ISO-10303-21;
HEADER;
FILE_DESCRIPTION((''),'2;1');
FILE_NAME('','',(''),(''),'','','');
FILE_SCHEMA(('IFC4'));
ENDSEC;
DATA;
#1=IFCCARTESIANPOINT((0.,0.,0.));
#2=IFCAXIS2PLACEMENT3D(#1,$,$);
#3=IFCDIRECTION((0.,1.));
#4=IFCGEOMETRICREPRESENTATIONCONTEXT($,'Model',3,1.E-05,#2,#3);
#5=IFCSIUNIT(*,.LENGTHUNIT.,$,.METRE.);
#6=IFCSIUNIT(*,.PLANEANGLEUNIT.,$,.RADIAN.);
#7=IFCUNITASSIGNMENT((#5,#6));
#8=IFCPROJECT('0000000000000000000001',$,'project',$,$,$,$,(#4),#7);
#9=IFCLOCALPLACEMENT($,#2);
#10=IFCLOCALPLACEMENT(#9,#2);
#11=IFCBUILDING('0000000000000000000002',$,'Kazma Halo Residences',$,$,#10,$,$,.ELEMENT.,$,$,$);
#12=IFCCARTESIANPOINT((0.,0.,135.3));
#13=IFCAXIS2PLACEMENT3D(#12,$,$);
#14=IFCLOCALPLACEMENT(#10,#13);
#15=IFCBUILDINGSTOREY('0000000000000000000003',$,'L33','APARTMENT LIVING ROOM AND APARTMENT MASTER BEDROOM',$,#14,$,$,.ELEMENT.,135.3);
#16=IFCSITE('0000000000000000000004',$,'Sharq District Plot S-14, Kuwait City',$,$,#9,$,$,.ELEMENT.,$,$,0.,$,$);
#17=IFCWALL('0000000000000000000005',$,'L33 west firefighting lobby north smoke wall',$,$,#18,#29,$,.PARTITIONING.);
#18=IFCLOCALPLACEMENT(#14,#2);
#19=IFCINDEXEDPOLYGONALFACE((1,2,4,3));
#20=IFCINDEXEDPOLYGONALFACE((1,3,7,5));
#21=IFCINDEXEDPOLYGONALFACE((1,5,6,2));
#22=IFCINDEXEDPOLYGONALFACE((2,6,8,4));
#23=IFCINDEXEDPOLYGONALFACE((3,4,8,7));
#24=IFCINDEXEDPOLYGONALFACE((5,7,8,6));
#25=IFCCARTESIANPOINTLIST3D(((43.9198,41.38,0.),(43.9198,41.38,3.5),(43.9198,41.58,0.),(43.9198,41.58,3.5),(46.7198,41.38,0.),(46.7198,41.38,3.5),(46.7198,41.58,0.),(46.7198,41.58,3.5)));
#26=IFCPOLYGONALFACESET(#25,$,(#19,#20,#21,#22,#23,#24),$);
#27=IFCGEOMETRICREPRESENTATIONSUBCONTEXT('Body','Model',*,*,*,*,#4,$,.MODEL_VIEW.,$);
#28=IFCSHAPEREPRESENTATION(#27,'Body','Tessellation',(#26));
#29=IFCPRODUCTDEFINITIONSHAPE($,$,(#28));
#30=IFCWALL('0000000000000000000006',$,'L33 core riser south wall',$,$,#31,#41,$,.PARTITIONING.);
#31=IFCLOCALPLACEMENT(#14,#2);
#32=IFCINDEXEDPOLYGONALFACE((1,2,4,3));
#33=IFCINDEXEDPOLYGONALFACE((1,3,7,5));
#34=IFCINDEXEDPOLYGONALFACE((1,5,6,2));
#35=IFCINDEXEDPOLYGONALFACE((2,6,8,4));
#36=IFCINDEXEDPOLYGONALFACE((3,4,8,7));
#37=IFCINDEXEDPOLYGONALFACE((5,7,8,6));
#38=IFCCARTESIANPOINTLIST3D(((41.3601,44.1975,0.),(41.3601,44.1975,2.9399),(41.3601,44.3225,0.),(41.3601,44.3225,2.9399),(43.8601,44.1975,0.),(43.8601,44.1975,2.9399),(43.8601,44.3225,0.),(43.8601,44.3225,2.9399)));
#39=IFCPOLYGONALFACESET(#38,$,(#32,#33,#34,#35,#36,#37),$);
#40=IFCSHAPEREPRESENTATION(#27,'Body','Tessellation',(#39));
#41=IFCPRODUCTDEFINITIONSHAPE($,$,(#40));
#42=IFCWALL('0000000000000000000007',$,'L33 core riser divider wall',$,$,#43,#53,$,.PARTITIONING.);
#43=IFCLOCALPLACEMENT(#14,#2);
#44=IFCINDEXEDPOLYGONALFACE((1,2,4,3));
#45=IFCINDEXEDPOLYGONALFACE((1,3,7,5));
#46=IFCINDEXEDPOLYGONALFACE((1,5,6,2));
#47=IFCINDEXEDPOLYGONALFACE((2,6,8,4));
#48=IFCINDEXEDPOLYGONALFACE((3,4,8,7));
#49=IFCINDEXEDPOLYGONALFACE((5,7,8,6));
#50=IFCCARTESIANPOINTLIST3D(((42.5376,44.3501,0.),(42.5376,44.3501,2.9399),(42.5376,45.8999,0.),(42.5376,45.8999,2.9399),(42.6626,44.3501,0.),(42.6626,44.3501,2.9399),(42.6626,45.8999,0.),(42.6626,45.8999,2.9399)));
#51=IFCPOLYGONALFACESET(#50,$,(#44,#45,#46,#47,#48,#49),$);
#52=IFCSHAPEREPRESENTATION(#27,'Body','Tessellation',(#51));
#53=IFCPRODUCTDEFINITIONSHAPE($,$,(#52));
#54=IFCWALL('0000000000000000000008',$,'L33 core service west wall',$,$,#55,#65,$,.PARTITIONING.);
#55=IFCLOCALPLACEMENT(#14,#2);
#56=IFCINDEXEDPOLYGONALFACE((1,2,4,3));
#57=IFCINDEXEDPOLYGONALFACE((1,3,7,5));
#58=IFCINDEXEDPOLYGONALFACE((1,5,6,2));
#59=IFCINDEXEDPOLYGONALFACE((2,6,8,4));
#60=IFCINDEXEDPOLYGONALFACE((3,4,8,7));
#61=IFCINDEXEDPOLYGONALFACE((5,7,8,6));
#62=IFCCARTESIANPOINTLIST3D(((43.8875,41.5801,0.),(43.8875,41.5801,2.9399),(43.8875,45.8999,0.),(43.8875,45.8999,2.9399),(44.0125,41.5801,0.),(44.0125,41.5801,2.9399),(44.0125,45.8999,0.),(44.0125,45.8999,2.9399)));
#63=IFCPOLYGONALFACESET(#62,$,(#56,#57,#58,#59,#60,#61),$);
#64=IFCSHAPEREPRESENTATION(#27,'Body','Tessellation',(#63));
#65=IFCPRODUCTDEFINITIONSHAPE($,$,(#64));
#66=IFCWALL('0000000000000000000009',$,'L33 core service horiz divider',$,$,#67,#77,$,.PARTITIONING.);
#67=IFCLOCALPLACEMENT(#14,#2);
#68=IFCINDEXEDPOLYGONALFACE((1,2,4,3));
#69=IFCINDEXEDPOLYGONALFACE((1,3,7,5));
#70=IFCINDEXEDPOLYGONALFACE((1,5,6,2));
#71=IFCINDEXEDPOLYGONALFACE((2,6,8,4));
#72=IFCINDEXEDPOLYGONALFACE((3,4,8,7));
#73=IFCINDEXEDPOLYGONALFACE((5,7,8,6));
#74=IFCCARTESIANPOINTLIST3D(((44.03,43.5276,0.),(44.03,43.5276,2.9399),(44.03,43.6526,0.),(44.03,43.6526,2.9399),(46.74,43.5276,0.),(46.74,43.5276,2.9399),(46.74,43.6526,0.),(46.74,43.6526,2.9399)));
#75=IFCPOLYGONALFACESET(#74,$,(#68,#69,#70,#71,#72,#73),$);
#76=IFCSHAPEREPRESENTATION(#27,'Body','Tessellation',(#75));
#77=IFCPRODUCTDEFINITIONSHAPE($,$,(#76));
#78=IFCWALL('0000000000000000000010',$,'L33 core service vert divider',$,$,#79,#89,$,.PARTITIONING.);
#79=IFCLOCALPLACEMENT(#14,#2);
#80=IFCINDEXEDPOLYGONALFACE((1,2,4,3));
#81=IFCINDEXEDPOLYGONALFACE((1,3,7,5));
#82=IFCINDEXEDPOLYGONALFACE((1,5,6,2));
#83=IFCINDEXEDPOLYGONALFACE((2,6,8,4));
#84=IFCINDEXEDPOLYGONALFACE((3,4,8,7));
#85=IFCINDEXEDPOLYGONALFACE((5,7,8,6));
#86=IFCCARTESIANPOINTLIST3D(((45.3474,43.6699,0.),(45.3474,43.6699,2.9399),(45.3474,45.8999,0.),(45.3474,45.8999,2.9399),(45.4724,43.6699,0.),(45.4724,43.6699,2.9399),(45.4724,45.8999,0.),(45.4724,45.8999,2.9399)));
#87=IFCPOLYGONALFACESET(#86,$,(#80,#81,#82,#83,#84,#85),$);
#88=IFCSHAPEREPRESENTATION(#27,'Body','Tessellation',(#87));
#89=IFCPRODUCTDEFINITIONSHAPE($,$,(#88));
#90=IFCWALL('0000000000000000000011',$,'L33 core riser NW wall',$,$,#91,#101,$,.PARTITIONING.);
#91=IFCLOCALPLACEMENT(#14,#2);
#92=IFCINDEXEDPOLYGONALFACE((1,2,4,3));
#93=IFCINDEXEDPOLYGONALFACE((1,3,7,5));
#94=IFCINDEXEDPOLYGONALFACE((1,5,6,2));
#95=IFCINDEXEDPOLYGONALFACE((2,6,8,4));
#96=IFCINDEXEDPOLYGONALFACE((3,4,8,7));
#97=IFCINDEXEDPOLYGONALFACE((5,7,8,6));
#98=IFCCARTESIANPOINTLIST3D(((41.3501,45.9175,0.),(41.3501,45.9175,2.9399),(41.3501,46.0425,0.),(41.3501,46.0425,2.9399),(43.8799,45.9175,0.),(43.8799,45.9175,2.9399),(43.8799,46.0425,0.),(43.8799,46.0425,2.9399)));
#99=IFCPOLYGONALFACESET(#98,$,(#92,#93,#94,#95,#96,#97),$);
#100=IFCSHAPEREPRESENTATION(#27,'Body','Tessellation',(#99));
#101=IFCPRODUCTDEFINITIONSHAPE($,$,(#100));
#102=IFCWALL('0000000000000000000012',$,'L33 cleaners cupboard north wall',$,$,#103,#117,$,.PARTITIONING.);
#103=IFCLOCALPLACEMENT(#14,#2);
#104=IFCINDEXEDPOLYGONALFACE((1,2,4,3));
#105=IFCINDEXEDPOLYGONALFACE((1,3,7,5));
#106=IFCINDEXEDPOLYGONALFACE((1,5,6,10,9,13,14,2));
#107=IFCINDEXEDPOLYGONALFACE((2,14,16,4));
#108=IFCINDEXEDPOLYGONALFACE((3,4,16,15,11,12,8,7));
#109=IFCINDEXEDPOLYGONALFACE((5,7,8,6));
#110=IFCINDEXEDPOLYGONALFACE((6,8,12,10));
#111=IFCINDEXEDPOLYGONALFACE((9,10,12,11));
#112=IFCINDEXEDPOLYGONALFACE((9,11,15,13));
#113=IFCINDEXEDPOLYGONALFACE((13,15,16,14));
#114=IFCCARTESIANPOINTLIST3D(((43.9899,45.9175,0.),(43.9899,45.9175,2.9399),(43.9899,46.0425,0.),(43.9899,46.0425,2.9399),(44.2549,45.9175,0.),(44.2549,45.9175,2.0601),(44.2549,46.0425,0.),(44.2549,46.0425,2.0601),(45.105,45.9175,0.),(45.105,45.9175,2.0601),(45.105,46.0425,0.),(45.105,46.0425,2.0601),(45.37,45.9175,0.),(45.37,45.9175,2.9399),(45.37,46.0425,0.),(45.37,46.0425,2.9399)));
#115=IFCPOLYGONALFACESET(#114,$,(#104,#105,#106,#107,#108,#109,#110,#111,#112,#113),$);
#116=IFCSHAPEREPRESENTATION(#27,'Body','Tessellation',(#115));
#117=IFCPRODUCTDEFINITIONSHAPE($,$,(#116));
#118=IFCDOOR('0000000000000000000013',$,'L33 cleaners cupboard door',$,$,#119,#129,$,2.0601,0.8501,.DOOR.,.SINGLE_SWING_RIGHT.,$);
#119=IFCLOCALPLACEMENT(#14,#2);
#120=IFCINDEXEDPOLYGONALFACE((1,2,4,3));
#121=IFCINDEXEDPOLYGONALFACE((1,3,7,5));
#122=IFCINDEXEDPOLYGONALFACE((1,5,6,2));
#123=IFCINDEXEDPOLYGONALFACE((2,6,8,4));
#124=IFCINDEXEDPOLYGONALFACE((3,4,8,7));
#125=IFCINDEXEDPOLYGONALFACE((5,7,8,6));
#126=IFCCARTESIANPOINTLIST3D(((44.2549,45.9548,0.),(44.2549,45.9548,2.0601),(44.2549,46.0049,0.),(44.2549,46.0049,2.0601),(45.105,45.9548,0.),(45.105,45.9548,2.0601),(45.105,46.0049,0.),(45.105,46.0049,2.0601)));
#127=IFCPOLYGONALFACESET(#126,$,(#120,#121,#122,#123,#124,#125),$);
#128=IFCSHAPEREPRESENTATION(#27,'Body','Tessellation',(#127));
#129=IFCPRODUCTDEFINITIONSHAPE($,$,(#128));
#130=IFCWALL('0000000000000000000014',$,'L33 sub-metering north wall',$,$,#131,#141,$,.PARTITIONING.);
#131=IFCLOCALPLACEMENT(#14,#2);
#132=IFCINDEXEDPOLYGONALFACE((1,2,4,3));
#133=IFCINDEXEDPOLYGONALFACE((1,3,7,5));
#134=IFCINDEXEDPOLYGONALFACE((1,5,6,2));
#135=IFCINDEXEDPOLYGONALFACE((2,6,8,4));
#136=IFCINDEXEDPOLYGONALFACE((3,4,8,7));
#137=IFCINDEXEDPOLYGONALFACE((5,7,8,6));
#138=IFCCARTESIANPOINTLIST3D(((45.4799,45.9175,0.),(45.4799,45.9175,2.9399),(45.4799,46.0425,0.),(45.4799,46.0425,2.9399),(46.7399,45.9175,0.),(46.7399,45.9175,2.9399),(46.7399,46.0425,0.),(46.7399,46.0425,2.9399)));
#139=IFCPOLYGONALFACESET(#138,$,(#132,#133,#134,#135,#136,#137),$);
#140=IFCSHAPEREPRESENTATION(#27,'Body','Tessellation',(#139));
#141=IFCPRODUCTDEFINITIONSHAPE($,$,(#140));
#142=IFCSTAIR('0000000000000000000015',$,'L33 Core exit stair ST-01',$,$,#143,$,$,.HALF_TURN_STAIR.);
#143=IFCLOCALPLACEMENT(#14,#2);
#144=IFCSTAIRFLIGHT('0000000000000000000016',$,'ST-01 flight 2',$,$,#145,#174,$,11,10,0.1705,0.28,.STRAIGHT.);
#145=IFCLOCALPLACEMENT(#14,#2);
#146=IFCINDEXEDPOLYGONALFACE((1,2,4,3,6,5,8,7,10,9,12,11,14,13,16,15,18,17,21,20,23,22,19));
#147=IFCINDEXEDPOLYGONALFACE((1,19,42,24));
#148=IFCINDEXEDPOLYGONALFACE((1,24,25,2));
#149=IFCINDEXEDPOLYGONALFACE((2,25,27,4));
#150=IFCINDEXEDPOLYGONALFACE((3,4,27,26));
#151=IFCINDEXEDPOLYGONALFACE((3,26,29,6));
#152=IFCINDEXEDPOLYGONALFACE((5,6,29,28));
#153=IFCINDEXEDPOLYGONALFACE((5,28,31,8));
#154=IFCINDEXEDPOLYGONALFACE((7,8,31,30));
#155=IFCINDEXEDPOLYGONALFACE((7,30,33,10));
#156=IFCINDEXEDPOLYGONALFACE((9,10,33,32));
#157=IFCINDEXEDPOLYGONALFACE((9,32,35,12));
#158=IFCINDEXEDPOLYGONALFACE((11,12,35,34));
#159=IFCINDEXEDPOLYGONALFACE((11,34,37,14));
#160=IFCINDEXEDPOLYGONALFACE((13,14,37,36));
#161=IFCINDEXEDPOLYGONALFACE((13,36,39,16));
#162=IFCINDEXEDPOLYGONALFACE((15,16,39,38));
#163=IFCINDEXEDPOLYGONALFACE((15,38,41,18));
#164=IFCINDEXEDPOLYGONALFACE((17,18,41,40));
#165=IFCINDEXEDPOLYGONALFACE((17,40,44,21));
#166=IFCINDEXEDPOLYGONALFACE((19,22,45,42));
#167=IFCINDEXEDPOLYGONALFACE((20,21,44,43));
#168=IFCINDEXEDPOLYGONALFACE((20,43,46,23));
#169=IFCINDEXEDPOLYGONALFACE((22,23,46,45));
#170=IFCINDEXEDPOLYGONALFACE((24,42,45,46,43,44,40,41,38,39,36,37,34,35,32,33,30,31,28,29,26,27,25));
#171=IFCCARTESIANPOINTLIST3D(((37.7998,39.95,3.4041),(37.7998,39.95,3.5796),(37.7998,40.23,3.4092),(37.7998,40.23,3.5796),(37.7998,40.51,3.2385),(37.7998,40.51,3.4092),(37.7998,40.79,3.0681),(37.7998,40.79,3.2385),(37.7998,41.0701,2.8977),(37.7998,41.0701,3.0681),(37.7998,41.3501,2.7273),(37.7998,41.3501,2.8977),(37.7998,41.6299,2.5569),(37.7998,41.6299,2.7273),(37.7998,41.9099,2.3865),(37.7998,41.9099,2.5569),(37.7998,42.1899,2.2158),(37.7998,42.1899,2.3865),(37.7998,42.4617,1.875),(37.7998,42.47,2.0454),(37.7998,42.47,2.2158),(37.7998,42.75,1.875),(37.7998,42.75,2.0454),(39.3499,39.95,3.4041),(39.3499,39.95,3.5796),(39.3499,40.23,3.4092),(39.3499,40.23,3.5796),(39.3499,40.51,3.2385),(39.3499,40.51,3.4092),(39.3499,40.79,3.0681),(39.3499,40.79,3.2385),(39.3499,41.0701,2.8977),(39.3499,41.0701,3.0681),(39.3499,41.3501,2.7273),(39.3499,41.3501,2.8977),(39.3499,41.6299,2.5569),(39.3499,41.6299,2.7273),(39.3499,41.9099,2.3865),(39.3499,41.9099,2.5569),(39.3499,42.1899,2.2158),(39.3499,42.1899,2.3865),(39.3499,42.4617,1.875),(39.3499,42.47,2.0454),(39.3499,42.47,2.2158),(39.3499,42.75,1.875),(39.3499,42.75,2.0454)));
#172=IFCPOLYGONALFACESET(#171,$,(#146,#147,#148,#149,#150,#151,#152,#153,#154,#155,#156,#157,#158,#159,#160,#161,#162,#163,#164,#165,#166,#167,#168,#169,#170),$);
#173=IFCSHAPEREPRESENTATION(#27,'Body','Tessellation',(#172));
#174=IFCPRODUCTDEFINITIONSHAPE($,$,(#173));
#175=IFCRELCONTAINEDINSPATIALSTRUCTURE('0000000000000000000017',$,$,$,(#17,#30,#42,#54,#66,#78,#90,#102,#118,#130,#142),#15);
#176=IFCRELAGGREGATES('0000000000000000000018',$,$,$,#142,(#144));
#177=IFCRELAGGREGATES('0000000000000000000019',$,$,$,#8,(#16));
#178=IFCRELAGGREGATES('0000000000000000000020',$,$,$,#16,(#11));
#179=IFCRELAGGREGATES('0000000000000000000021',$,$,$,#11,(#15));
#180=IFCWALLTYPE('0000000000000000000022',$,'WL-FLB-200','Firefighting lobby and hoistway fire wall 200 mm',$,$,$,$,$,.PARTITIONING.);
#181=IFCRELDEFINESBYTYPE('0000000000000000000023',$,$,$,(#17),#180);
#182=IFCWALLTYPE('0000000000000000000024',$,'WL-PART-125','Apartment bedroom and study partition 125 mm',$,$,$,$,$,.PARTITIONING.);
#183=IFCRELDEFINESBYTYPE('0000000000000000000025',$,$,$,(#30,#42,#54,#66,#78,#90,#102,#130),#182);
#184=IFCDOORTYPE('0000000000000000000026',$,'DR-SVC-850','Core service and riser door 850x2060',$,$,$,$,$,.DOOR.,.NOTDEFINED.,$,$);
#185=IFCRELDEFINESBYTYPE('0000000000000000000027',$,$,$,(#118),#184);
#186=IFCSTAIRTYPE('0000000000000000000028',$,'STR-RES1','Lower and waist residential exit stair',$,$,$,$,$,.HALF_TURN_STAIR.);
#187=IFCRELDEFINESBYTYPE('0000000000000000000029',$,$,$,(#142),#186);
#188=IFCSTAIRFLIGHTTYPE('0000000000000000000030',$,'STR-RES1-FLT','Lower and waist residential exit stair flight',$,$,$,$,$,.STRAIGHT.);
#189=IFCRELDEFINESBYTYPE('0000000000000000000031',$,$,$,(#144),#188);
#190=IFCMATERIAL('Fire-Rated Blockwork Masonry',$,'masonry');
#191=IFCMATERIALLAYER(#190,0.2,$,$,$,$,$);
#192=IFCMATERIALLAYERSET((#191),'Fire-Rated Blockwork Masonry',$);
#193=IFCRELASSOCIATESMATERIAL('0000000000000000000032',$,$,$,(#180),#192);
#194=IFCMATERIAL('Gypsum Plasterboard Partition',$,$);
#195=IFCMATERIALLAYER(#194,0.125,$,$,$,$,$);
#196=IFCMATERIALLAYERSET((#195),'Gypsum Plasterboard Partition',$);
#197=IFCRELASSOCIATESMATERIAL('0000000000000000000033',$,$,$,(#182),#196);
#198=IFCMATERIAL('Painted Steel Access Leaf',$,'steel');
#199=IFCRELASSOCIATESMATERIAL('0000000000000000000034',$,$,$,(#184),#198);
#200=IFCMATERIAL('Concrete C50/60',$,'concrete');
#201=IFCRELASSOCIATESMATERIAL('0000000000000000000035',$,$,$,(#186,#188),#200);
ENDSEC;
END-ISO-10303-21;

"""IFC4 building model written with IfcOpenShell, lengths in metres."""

from ifc_helpers import new_model, si_unit, direction, frame, frame_2d, origin, place, context, subcontext, project, spatial, polyline, rectangle, outline, extrude, material, layer, layer_set, type_object, element, fill, aggregate, save


model = new_model("IFC4")

# Units and contexts
model_context = context("Model", 3, precision=1e-05, world=origin(), true_north=direction((0.0, 1.0)))
body_context = subcontext(model_context, "Body", "Model", "MODEL_VIEW")
ifc_project = project(units=[si_unit("LENGTHUNIT", "METRE"), si_unit("PLANEANGLEUNIT", "RADIAN")], contexts=[model_context])

# Site, building, storey
site_placement = place(None, origin())
site = spatial("IfcSite", under=ifc_project, at=site_placement, Name="Sharq District Plot S-14, Kuwait City", CompositionType="ELEMENT", RefElevation=0.0)
building_placement = place(site_placement, origin())
building = spatial("IfcBuilding", under=site, at=building_placement, Name="Kazma Halo Residences", CompositionType="ELEMENT")
storey_placement = place(building_placement, frame((0.0, 0.0, 135.3)))
storey = spatial("IfcBuildingStorey", under=building, at=storey_placement, Name="L33", Description="APARTMENT LIVING ROOM AND APARTMENT MASTER BEDROOM", CompositionType="ELEMENT", Elevation=135.3)

# Shared definitions
ifc_material_1 = material(Name="Fire-Rated Blockwork Masonry", Category="masonry")
ifc_layer_1 = layer(ifc_material_1, 0.2)
ifc_layer_set_1 = layer_set([ifc_layer_1], Name="Fire-Rated Blockwork Masonry")
wall_type_1 = type_object("IfcWallType", Name="WL-FLB-200", Description="Firefighting lobby and hoistway fire wall 200 mm", PredefinedType="PARTITIONING", material=ifc_layer_set_1)

# Walls
wall_1_placement = place(storey_placement, frame((43.9199, 41.48, 0.0), z_axis=(0.0, 0.0, 1.0), x_axis=(1.0, 0.0, 0.0)))
element("IfcWall", 1, at=wall_1_placement, inside=storey, type_object=wall_type_1, Name="L33 west firefighting lobby north smoke wall", PredefinedType="PARTITIONING", context=body_context, shape_type="SweptSolid", body=[
    extrude(rectangle(XDim=2.8, YDim=0.2, at=frame_2d((1.3999, 0.0))), origin(), (0.0, 0.0, 1.0), 3.5),
])
ifc_material_2 = material(Name="Gypsum Plasterboard Partition")
ifc_layer_2 = layer(ifc_material_2, 0.125)
ifc_layer_set_2 = layer_set([ifc_layer_2], Name="Gypsum Plasterboard Partition")
wall_type_2 = type_object("IfcWallType", Name="WL-PART-125", Description="Apartment bedroom and study partition 125 mm", PredefinedType="PARTITIONING", material=ifc_layer_set_2)
wall_2_placement = place(storey_placement, frame((41.3601, 44.26, 0.0), z_axis=(0.0, 0.0, 1.0), x_axis=(1.0, 0.0, 0.0)))
element("IfcWall", 2, at=wall_2_placement, inside=storey, type_object=wall_type_2, Name="L33 core riser south wall", PredefinedType="PARTITIONING", context=body_context, shape_type="SweptSolid", body=[
    extrude(rectangle(XDim=2.5, YDim=0.125, at=frame_2d((1.25, 0.0))), origin(), (0.0, 0.0, 1.0), 2.9399),
])
wall_3_placement = place(storey_placement, frame((42.6001, 44.3501, 0.0), z_axis=(0.0, 0.0, 1.0), x_axis=(0.0, 1.0, 0.0)))
element("IfcWall", 3, at=wall_3_placement, inside=storey, type_object=wall_type_2, Name="L33 core riser divider wall", PredefinedType="PARTITIONING", context=body_context, shape_type="SweptSolid", body=[
    extrude(rectangle(XDim=1.5498, YDim=0.125, at=frame_2d((0.7749, 0.0))), origin(), (0.0, 0.0, 1.0), 2.9399),
])
wall_4_placement = place(storey_placement, frame((43.95, 41.5801, 0.0), z_axis=(0.0, 0.0, 1.0), x_axis=(0.0, 1.0, 0.0)))
element("IfcWall", 4, at=wall_4_placement, inside=storey, type_object=wall_type_2, Name="L33 core service west wall", PredefinedType="PARTITIONING", context=body_context, shape_type="SweptSolid", body=[
    extrude(rectangle(XDim=4.3198, YDim=0.125, at=frame_2d((2.1599, 0.0))), origin(), (0.0, 0.0, 1.0), 2.9399),
])
wall_5_placement = place(storey_placement, frame((44.03, 43.5901, 0.0), z_axis=(0.0, 0.0, 1.0), x_axis=(1.0, 0.0, 0.0)))
element("IfcWall", 5, at=wall_5_placement, inside=storey, type_object=wall_type_2, Name="L33 core service horiz divider", PredefinedType="PARTITIONING", context=body_context, shape_type="SweptSolid", body=[
    extrude(rectangle(XDim=2.71, YDim=0.125, at=frame_2d((1.355, 0.0))), origin(), (0.0, 0.0, 1.0), 2.9399),
])
wall_6_placement = place(storey_placement, frame((45.4099, 43.6699, 0.0), z_axis=(0.0, 0.0, 1.0), x_axis=(0.0, 1.0, 0.0)))
element("IfcWall", 6, at=wall_6_placement, inside=storey, type_object=wall_type_2, Name="L33 core service vert divider", PredefinedType="PARTITIONING", context=body_context, shape_type="SweptSolid", body=[
    extrude(rectangle(XDim=2.23, YDim=0.125, at=frame_2d((1.115, 0.0))), origin(), (0.0, 0.0, 1.0), 2.9399),
])
wall_7_placement = place(storey_placement, frame((41.3501, 45.98, 0.0), z_axis=(0.0, 0.0, 1.0), x_axis=(1.0, 0.0, 0.0)))
element("IfcWall", 7, at=wall_7_placement, inside=storey, type_object=wall_type_2, Name="L33 core riser NW wall", PredefinedType="PARTITIONING", context=body_context, shape_type="SweptSolid", body=[
    extrude(rectangle(XDim=2.5298, YDim=0.125, at=frame_2d((1.2649, 0.0))), origin(), (0.0, 0.0, 1.0), 2.9399),
])

# Wall, opening, door
wall_8_placement = place(storey_placement, frame((43.99, 45.98, 0.0), z_axis=(0.0, 0.0, 1.0), x_axis=(1.0, 0.0, 0.0)))
wall_8 = element("IfcWall", 8, at=wall_8_placement, inside=storey, type_object=wall_type_2, Name="L33 cleaners cupboard north wall", PredefinedType="PARTITIONING", context=body_context, shape_type="SweptSolid", body=[
    extrude(rectangle(XDim=1.3801, YDim=0.125, at=frame_2d((0.6899, 0.0))), origin(), (0.0, 0.0, 1.0), 2.9399),
])
opening_1_placement = place(wall_8_placement, frame((0.2649, 0.0, 0.0)))
opening_1 = element("IfcOpeningElement", 9, at=opening_1_placement, cuts=wall_8, PredefinedType="OPENING", context=body_context, shape_type="SweptSolid", body=[
    extrude(rectangle(XDim=0.8501, YDim=2.0601, at=frame_2d((0.425, 1.03))), frame((0.0, 0.0725, 0.0), z_axis=(0.0, -1.0, 0.0), x_axis=(1.0, 0.0, 0.0)), (0.0, 0.0, 1.0), 0.145),
])
ifc_material_3 = material(Name="Painted Steel Access Leaf", Category="steel")
door_type_1 = type_object("IfcDoorType", Name="DR-SVC-850", Description="Core service and riser door 850x2060", OperationType="NOTDEFINED", PredefinedType="DOOR", material=ifc_material_3)
door_1_placement = place(opening_1_placement, origin())
door_1 = element("IfcDoor", 10, at=door_1_placement, inside=storey, type_object=door_type_1, Name="L33 cleaners cupboard door", OperationType="SINGLE_SWING_RIGHT", OverallHeight=2.0601, OverallWidth=0.8501, PredefinedType="DOOR", context=body_context, shape_type="SweptSolid", body=[
    extrude(rectangle(XDim=0.8501, YDim=2.0601, at=frame_2d((0.425, 1.03))), frame((0.0, 0.0249, 0.0), z_axis=(0.0, -1.0, 0.0), x_axis=(1.0, 0.0, 0.0)), (0.0, 0.0, 1.0), 0.05),
])
fill(opening_1, door_1)

# Wall
wall_9_placement = place(storey_placement, frame((45.48, 45.98, 0.0), z_axis=(0.0, 0.0, 1.0), x_axis=(1.0, 0.0, 0.0)))
element("IfcWall", 11, at=wall_9_placement, inside=storey, type_object=wall_type_2, Name="L33 sub-metering north wall", PredefinedType="PARTITIONING", context=body_context, shape_type="SweptSolid", body=[
    extrude(rectangle(XDim=1.26, YDim=0.125, at=frame_2d((0.6299, 0.0))), origin(), (0.0, 0.0, 1.0), 2.9399),
])

# Stair, stair flight
ifc_material_4 = material(Name="Concrete C50/60", Category="concrete")
stair_type = type_object("IfcStairType", Name="STR-RES1", Description="Lower and waist residential exit stair", PredefinedType="HALF_TURN_STAIR", material=ifc_material_4)
stair_placement = place(storey_placement, origin())
stair = element("IfcStair", 12, at=stair_placement, inside=storey, type_object=stair_type, Name="L33 Core exit stair ST-01", PredefinedType="HALF_TURN_STAIR")
stair_flight_type = type_object("IfcStairFlightType", Name="STR-RES1-FLT", Description="Lower and waist residential exit stair flight", PredefinedType="STRAIGHT", material=ifc_material_4)
stair_flight_placement = place(storey_placement, frame((38.575, 42.75, 1.875), z_axis=(0.0, 0.0, 1.0), x_axis=(0.0, -1.0, 0.0)))
stair_flight = element("IfcStairFlight", 13, at=stair_flight_placement, type_object=stair_flight_type, Name="ST-01 flight 2", NumberOfRisers=11, NumberOfTreads=10, PredefinedType="STRAIGHT", RiserHeight=0.1705, TreadLength=0.28, context=body_context, shape_type="SweptSolid", body=[
    extrude(outline(polyline([(0.0, 0.0), (0.0, 0.1704), (0.28, 0.1704), (0.28, 0.3408), (0.5601, 0.3408), (0.5601, 0.5115), (0.8401, 0.5115), (0.8401, 0.6819), (1.1201, 0.6819), (1.1201, 0.8523), (1.3999, 0.8523), (1.3999, 1.0227), (1.6799, 1.0227), (1.6799, 1.1931), (1.96, 1.1931), (1.96, 1.3635), (2.24, 1.3635), (2.24, 1.5342), (2.52, 1.5342), (2.52, 1.7046), (2.8, 1.7046), (2.8, 1.875), (2.8, 1.5291), (0.2883, 0.0), (0.0, 0.0)])), frame((0.0, 0.7749, 0.0), z_axis=(0.0, -1.0, 0.0), x_axis=(1.0, 0.0, 0.0)), (0.0, 0.0, 1.0), 1.55),
])
aggregate(stair, [stair_flight])

save(model, "model.ifc")
